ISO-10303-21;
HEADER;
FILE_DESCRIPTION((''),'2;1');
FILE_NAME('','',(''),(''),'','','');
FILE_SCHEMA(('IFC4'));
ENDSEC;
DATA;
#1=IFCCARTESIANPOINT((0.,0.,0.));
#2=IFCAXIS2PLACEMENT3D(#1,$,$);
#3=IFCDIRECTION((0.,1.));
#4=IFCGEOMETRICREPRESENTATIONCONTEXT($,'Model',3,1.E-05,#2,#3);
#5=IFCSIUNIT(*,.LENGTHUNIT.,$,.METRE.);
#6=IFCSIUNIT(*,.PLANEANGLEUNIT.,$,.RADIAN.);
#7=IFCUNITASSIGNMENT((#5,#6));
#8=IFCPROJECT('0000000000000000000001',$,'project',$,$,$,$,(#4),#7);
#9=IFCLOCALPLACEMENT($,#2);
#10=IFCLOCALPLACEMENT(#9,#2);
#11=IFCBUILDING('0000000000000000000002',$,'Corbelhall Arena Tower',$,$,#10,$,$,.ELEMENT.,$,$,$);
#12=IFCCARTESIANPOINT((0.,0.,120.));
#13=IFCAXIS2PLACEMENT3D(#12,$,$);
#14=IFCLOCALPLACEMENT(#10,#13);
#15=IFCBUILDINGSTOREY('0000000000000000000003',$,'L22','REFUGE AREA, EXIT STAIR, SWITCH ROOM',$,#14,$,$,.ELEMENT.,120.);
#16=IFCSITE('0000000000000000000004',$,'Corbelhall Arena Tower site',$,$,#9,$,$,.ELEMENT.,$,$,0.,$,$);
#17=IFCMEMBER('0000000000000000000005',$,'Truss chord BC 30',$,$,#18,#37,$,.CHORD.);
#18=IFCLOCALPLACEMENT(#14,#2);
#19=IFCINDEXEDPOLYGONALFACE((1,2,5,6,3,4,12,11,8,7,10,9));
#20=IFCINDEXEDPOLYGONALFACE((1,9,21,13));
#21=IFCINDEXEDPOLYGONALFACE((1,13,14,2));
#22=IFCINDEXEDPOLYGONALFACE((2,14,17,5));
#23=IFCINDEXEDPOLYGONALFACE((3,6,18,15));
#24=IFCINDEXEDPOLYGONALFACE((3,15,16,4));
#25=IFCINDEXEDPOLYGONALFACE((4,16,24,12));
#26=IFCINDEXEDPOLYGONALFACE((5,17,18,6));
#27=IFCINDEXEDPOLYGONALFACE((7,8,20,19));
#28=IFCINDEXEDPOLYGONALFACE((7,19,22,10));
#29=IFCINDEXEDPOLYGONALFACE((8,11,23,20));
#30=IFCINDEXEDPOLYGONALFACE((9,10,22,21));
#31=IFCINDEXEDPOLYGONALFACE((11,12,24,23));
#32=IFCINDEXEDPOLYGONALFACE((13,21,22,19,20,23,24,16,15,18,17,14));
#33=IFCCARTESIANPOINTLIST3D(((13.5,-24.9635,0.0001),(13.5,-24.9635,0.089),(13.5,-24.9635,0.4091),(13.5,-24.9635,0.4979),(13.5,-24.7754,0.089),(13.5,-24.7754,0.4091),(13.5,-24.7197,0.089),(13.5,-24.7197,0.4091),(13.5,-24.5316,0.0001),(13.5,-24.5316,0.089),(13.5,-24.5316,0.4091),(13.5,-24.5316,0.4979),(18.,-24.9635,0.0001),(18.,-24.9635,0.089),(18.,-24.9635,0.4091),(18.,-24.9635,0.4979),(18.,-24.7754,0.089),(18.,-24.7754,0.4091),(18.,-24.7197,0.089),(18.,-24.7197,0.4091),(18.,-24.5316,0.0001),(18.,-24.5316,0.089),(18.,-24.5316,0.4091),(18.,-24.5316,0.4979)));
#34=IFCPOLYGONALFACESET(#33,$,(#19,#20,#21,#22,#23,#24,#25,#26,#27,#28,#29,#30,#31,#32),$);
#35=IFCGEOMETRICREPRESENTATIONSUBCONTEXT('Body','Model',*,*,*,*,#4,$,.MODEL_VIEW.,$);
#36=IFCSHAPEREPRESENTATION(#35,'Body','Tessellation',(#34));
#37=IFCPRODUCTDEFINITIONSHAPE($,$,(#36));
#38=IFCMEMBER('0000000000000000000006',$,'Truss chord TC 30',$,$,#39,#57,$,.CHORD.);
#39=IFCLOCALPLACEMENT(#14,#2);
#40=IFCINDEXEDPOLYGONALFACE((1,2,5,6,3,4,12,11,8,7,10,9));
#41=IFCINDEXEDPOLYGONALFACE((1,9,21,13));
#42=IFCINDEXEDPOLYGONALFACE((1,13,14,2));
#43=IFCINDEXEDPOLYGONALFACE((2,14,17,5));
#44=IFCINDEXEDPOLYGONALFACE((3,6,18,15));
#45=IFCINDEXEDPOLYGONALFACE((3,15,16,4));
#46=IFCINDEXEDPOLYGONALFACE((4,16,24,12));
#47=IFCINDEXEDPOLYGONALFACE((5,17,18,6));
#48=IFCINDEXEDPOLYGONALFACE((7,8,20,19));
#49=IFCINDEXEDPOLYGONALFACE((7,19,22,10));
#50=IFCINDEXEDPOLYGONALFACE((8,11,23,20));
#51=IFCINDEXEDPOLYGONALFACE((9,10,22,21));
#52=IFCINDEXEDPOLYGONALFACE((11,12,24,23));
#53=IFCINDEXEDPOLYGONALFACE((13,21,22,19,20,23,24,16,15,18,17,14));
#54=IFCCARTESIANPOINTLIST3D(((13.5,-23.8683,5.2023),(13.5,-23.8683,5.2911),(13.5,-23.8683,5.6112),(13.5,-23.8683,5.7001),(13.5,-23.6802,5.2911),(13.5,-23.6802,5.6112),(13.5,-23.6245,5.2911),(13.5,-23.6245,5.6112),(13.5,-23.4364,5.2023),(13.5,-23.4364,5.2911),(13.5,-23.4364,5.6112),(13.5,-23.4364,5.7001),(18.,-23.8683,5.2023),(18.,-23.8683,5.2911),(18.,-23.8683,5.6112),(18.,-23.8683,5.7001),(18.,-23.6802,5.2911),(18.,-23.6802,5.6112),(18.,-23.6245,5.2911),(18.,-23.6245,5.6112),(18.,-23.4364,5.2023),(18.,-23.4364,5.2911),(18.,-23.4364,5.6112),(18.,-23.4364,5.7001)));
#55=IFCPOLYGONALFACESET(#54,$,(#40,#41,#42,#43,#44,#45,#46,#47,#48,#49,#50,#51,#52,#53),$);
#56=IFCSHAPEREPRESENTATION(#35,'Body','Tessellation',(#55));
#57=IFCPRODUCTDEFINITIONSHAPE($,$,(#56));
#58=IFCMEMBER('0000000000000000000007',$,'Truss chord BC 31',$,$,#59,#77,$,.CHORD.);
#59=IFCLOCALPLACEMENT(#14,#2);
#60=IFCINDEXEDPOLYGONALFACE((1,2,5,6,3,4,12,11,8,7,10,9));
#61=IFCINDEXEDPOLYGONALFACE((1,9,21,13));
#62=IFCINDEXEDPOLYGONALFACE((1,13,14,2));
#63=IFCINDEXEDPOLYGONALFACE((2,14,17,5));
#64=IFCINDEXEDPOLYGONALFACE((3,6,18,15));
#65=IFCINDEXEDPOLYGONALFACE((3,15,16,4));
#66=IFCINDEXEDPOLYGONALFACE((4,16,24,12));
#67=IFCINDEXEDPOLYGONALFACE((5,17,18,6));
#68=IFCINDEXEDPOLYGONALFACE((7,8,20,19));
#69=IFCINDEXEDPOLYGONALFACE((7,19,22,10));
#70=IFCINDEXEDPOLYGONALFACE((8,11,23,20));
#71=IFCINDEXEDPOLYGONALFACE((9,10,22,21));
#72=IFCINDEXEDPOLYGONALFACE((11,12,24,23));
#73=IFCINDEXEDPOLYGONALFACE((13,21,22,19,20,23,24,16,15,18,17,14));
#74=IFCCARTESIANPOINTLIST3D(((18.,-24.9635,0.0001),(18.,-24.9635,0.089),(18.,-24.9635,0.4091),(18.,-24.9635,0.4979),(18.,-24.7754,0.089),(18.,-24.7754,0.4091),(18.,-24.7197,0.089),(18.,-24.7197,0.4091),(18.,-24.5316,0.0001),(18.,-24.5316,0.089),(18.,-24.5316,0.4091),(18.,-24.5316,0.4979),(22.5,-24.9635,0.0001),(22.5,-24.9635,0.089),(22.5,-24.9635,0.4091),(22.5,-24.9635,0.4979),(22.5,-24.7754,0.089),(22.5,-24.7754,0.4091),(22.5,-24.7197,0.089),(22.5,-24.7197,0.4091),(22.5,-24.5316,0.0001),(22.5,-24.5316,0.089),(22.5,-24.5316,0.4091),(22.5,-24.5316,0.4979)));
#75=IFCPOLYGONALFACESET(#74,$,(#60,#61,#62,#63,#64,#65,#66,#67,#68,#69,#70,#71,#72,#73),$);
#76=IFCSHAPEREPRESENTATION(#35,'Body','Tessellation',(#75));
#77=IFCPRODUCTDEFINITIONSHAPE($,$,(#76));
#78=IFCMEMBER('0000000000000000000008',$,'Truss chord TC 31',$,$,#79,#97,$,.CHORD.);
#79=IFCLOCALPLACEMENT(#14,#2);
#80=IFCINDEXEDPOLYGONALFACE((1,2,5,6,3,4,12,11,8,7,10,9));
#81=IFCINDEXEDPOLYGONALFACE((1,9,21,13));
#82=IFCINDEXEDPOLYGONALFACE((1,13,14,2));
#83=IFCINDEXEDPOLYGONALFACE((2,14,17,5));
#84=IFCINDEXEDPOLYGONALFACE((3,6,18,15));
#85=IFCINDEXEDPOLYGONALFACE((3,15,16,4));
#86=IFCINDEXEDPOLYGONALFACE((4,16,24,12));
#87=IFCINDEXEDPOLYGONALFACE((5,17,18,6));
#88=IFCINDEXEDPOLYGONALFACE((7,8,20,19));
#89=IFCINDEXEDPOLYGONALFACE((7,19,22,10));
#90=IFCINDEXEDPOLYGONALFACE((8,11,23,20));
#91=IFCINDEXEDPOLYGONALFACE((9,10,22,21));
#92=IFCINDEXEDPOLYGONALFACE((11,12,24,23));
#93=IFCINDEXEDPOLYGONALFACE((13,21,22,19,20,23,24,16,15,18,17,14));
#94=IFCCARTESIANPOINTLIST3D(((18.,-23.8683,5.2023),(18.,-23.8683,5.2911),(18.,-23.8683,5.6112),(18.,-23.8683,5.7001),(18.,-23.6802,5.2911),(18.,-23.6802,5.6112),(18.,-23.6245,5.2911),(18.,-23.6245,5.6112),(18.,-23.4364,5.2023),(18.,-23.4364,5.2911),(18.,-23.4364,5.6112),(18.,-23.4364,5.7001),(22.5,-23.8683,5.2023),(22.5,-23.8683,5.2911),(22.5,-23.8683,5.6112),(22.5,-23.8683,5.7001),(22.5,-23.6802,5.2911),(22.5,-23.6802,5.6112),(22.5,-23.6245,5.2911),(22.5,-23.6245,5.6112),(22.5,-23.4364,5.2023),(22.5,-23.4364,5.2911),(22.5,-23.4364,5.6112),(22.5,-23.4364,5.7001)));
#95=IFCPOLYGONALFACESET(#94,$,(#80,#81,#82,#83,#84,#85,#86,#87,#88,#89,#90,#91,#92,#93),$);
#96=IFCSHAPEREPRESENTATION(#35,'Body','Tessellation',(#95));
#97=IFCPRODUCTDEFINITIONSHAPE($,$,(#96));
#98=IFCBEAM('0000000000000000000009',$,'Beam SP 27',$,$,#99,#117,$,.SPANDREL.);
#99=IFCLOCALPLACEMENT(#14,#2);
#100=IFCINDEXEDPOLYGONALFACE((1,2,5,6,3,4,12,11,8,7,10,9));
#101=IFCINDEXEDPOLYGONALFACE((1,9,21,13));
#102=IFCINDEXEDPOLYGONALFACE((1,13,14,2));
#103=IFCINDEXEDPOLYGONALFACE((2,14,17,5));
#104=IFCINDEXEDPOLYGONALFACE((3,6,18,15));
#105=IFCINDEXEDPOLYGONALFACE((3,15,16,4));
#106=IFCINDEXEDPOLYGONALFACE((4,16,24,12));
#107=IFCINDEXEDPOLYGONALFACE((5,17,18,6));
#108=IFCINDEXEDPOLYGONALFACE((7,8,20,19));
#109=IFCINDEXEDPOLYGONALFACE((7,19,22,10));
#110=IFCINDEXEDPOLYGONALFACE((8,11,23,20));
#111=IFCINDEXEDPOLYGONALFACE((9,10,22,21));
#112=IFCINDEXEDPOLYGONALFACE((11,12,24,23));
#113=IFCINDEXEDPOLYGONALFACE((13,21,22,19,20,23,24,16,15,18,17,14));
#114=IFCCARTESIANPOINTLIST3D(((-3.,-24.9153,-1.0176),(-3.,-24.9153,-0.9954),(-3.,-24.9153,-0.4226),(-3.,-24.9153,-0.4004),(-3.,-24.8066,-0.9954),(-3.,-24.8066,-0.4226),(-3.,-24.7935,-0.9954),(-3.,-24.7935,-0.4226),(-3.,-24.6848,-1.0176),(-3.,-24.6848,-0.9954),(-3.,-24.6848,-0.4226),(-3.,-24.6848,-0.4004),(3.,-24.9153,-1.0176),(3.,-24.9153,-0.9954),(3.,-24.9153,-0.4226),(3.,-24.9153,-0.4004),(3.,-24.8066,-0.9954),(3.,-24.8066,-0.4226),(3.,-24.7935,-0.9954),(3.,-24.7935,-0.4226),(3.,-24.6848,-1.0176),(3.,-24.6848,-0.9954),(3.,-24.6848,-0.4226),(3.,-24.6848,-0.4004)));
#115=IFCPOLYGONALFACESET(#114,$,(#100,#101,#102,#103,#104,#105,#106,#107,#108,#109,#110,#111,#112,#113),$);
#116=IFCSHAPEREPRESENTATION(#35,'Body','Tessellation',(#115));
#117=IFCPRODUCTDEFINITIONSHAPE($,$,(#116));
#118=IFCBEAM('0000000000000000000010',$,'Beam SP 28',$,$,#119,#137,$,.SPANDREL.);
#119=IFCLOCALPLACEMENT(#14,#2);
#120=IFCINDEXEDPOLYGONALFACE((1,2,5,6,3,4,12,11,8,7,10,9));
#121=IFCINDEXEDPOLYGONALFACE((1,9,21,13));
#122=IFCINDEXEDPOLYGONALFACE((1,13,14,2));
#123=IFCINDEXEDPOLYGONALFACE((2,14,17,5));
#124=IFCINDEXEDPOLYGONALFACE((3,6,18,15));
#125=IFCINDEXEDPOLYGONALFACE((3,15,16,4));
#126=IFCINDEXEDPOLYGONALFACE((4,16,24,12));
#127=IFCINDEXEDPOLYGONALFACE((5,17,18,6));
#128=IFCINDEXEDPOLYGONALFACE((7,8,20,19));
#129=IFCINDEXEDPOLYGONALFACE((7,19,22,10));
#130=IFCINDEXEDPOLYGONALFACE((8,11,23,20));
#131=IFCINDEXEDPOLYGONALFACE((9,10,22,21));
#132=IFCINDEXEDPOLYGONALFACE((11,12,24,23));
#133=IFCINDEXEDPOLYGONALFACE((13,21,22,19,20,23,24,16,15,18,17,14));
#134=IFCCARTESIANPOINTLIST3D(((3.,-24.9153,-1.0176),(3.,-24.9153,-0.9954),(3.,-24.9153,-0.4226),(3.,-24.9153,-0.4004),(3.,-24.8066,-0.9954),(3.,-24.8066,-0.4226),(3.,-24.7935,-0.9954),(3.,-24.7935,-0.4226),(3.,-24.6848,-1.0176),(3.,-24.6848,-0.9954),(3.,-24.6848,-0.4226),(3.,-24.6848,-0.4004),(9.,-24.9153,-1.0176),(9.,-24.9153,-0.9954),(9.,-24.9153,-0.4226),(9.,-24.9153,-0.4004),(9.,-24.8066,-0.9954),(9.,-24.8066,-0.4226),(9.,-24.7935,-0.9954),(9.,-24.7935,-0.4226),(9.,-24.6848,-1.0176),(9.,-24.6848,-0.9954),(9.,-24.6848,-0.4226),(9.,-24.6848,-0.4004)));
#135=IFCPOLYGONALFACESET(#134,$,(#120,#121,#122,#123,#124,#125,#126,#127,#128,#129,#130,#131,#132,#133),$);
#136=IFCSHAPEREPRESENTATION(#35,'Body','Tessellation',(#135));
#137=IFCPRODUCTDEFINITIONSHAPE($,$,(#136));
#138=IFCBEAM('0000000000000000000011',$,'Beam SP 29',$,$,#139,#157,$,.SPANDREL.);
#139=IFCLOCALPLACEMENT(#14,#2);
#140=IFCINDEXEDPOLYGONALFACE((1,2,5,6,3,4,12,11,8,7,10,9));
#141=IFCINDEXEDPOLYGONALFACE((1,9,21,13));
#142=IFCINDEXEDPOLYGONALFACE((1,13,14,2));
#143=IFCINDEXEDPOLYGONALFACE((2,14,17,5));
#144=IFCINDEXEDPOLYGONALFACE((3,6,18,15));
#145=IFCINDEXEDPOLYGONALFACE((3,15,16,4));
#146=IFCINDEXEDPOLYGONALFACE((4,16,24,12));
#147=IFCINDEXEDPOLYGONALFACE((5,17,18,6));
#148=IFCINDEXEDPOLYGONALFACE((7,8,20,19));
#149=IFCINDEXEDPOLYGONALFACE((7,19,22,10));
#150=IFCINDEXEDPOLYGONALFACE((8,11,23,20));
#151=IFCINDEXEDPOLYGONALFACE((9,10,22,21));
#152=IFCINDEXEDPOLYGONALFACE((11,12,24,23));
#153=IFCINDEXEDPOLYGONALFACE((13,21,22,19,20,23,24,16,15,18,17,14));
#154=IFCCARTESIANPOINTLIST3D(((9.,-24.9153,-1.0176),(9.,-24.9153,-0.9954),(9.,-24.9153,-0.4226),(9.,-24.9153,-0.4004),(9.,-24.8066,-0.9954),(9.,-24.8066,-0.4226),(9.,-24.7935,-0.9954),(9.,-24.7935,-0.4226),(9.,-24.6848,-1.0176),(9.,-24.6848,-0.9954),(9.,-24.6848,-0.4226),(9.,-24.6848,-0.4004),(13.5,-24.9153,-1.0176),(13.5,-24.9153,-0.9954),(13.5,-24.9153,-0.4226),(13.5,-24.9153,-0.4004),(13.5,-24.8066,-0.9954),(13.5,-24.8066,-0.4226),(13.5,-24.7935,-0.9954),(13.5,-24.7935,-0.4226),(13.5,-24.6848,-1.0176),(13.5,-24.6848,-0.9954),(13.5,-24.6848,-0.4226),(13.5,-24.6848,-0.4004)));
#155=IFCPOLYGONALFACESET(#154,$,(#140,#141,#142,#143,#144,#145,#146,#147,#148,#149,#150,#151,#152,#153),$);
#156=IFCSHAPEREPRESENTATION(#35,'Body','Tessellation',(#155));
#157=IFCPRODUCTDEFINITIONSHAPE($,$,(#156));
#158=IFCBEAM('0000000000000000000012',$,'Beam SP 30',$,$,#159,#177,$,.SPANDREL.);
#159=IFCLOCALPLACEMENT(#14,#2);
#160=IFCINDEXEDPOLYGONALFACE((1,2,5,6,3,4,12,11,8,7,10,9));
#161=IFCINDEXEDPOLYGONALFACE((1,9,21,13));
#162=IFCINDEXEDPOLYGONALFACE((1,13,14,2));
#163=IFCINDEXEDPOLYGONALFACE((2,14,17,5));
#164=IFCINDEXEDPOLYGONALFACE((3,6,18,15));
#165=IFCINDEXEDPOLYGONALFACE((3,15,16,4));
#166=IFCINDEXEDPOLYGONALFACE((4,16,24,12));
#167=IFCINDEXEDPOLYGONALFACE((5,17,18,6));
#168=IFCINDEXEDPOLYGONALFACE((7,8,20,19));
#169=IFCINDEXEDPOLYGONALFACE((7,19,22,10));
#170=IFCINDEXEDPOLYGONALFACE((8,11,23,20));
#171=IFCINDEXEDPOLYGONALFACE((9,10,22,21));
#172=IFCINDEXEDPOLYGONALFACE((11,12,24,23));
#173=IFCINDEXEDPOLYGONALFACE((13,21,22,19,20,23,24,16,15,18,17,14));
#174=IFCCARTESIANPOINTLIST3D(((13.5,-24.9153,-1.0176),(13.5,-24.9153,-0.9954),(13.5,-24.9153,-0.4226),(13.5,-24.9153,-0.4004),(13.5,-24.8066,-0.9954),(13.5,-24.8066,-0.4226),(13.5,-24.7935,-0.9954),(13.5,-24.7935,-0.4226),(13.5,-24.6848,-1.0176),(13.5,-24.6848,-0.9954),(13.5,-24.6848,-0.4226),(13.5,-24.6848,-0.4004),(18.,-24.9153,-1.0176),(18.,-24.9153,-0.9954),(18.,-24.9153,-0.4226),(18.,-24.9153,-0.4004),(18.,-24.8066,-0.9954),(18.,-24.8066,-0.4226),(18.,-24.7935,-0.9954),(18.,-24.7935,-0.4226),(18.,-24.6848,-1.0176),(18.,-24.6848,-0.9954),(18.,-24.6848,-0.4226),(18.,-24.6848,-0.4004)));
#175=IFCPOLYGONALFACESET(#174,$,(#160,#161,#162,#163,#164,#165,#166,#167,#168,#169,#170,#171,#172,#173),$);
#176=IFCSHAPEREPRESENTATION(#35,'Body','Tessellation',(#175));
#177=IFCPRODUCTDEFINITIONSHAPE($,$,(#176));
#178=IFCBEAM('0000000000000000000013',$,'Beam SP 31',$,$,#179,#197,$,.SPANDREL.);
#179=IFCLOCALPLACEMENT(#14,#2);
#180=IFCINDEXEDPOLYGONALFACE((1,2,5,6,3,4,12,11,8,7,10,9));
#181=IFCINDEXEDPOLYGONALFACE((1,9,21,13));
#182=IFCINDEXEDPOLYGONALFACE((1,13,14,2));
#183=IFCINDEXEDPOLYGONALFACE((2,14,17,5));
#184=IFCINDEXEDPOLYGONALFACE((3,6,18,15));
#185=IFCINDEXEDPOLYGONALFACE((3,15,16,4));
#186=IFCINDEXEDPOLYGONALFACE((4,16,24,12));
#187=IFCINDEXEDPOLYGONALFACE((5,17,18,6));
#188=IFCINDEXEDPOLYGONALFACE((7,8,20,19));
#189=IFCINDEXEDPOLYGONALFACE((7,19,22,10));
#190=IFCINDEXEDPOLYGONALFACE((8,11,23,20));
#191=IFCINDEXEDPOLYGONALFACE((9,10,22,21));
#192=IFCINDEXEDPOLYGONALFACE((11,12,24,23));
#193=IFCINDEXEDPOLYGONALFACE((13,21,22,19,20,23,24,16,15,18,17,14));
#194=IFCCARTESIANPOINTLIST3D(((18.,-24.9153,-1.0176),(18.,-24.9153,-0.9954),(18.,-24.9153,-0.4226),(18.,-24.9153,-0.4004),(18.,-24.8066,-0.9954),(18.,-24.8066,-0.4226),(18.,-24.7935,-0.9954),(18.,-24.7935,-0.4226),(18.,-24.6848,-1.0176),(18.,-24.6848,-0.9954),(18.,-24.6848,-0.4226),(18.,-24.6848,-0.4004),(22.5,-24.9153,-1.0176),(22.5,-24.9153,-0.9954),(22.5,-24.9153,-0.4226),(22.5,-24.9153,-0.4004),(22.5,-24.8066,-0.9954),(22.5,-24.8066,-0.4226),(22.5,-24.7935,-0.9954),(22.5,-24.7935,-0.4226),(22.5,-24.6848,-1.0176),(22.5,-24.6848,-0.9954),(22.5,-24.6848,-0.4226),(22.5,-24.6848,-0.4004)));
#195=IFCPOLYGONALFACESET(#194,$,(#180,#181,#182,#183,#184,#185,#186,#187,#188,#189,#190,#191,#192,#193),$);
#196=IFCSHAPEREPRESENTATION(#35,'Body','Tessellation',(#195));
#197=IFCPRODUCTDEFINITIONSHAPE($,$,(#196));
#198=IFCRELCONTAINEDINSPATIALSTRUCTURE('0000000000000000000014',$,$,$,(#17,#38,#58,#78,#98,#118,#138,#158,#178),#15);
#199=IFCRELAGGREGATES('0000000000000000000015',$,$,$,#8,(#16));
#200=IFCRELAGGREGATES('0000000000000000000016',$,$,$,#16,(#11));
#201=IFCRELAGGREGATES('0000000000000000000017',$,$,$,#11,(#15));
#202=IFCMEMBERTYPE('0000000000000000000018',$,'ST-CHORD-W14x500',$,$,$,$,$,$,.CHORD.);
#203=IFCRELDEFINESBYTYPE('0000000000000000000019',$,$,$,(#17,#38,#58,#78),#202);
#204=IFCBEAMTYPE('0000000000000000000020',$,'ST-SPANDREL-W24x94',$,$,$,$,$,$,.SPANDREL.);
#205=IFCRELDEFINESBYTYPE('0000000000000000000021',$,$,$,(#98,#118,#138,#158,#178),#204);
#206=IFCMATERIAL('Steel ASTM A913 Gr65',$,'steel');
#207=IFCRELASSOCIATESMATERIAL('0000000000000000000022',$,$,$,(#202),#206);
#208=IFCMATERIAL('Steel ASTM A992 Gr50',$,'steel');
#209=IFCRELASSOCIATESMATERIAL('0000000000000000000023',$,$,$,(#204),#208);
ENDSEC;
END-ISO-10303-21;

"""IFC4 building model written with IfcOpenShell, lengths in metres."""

from ifc_helpers import new_model, si_unit, direction, frame, origin, origin_2d, place, context, subcontext, project, spatial, i_section, extrude, material, material_profile, profile_set, type_object, element, save


model = new_model("IFC4")

# Units and contexts
model_context = context("Model", 3, precision=1e-05, world=origin(), true_north=direction((0.0, 1.0)))
body_context = subcontext(model_context, "Body", "Model", "MODEL_VIEW")
ifc_project = project(units=[si_unit("LENGTHUNIT", "METRE"), si_unit("PLANEANGLEUNIT", "RADIAN")], contexts=[model_context])

# Site, building, storey
site_placement = place(None, origin())
site = spatial("IfcSite", under=ifc_project, at=site_placement, Name="Corbelhall Arena Tower site", CompositionType="ELEMENT", RefElevation=0.0)
building_placement = place(site_placement, origin())
building = spatial("IfcBuilding", under=site, at=building_placement, Name="Corbelhall Arena Tower", CompositionType="ELEMENT")
storey_placement = place(building_placement, frame((0.0, 0.0, 120.0)))
storey = spatial("IfcBuildingStorey", under=building, at=storey_placement, Name="L22", Description="REFUGE AREA, EXIT STAIR, SWITCH ROOM", CompositionType="ELEMENT", Elevation=120.0)

# Members
ifc_material_1 = material(Name="Steel ASTM A913 Gr65", Category="steel")
ifc_material_profile_1 = material_profile(ifc_material_1, i_section(OverallWidth=0.4319, OverallDepth=0.4978, WebThickness=0.0557, FlangeThickness=0.0889, at=origin_2d()))
ifc_profile_set_1 = profile_set([ifc_material_profile_1], Name="Steel ASTM A913 Gr65")
member_type_1 = type_object("IfcMemberType", Name="ST-CHORD-W14x500", PredefinedType="CHORD", material=ifc_profile_set_1)
for number, where, z_axis, x_axis, name in (
    (1, (18.0, -24.7476, 0.249), (-1.0, 0.0, 0.0), (0.0, -1.0, 0.0), "Truss chord BC 30"),
    (2, (18.0, -23.6523, 5.4512), (-1.0, 0.0, 0.0), (0.0, -1.0, 0.0), "Truss chord TC 30"),
    (3, (22.5, -24.7476, 0.249), (-1.0, 0.0, 0.0), (0.0, -1.0, 0.0), "Truss chord BC 31"),
    (4, (22.5, -23.6523, 5.4512), (-1.0, 0.0, 0.0), (0.0, -1.0, 0.0), "Truss chord TC 31"),
):
    element("IfcMember", number, at=place(storey_placement, frame(where, z_axis=z_axis, x_axis=x_axis)), inside=storey, type_object=member_type_1, Name=name, PredefinedType="CHORD", context=body_context, shape_type="SweptSolid", body=[
        extrude(i_section(OverallWidth=0.4319, OverallDepth=0.4978, WebThickness=0.0557, FlangeThickness=0.0889, at=origin_2d()), origin(), (0.0, 0.0, 1.0), 4.5),
    ])

# Beams
ifc_material_2 = material(Name="Steel ASTM A992 Gr50", Category="steel")
ifc_material_profile_2 = material_profile(ifc_material_2, i_section(OverallWidth=0.2305, OverallDepth=0.6172, WebThickness=0.0132, FlangeThickness=0.0222, at=origin_2d()))
ifc_profile_set_2 = profile_set([ifc_material_profile_2], Name="Steel ASTM A992 Gr50")
beam_type = type_object("IfcBeamType", Name="ST-SPANDREL-W24x94", PredefinedType="SPANDREL", material=ifc_profile_set_2)
for number, where, z_axis, x_axis, name in (
    (5, (3.0, -24.8, -0.709), (-1.0, 0.0, 0.0), (0.0, -1.0, 0.0), "Beam SP 27"),
    (6, (9.0, -24.8, -0.709), (-1.0, 0.0, 0.0), (0.0, -1.0, 0.0), "Beam SP 28"),
):
    element("IfcBeam", number, at=place(storey_placement, frame(where, z_axis=z_axis, x_axis=x_axis)), inside=storey, type_object=beam_type, Name=name, PredefinedType="SPANDREL", context=body_context, shape_type="SweptSolid", body=[
        extrude(i_section(OverallWidth=0.2305, OverallDepth=0.6172, WebThickness=0.0132, FlangeThickness=0.0222, at=origin_2d()), origin(), (0.0, 0.0, 1.0), 6.0),
    ])
for number, where, z_axis, x_axis, name in (
    (7, (13.5, -24.8, -0.709), (-1.0, 0.0, 0.0), (0.0, -1.0, 0.0), "Beam SP 29"),
    (8, (18.0, -24.8, -0.709), (-1.0, 0.0, 0.0), (0.0, -1.0, 0.0), "Beam SP 30"),
    (9, (22.5, -24.8, -0.709), (-1.0, 0.0, 0.0), (0.0, -1.0, 0.0), "Beam SP 31"),
):
    element("IfcBeam", number, at=place(storey_placement, frame(where, z_axis=z_axis, x_axis=x_axis)), inside=storey, type_object=beam_type, Name=name, PredefinedType="SPANDREL", context=body_context, shape_type="SweptSolid", body=[
        extrude(i_section(OverallWidth=0.2305, OverallDepth=0.6172, WebThickness=0.0132, FlangeThickness=0.0222, at=origin_2d()), origin(), (0.0, 0.0, 1.0), 4.5),
    ])

save(model, "model.ifc")
